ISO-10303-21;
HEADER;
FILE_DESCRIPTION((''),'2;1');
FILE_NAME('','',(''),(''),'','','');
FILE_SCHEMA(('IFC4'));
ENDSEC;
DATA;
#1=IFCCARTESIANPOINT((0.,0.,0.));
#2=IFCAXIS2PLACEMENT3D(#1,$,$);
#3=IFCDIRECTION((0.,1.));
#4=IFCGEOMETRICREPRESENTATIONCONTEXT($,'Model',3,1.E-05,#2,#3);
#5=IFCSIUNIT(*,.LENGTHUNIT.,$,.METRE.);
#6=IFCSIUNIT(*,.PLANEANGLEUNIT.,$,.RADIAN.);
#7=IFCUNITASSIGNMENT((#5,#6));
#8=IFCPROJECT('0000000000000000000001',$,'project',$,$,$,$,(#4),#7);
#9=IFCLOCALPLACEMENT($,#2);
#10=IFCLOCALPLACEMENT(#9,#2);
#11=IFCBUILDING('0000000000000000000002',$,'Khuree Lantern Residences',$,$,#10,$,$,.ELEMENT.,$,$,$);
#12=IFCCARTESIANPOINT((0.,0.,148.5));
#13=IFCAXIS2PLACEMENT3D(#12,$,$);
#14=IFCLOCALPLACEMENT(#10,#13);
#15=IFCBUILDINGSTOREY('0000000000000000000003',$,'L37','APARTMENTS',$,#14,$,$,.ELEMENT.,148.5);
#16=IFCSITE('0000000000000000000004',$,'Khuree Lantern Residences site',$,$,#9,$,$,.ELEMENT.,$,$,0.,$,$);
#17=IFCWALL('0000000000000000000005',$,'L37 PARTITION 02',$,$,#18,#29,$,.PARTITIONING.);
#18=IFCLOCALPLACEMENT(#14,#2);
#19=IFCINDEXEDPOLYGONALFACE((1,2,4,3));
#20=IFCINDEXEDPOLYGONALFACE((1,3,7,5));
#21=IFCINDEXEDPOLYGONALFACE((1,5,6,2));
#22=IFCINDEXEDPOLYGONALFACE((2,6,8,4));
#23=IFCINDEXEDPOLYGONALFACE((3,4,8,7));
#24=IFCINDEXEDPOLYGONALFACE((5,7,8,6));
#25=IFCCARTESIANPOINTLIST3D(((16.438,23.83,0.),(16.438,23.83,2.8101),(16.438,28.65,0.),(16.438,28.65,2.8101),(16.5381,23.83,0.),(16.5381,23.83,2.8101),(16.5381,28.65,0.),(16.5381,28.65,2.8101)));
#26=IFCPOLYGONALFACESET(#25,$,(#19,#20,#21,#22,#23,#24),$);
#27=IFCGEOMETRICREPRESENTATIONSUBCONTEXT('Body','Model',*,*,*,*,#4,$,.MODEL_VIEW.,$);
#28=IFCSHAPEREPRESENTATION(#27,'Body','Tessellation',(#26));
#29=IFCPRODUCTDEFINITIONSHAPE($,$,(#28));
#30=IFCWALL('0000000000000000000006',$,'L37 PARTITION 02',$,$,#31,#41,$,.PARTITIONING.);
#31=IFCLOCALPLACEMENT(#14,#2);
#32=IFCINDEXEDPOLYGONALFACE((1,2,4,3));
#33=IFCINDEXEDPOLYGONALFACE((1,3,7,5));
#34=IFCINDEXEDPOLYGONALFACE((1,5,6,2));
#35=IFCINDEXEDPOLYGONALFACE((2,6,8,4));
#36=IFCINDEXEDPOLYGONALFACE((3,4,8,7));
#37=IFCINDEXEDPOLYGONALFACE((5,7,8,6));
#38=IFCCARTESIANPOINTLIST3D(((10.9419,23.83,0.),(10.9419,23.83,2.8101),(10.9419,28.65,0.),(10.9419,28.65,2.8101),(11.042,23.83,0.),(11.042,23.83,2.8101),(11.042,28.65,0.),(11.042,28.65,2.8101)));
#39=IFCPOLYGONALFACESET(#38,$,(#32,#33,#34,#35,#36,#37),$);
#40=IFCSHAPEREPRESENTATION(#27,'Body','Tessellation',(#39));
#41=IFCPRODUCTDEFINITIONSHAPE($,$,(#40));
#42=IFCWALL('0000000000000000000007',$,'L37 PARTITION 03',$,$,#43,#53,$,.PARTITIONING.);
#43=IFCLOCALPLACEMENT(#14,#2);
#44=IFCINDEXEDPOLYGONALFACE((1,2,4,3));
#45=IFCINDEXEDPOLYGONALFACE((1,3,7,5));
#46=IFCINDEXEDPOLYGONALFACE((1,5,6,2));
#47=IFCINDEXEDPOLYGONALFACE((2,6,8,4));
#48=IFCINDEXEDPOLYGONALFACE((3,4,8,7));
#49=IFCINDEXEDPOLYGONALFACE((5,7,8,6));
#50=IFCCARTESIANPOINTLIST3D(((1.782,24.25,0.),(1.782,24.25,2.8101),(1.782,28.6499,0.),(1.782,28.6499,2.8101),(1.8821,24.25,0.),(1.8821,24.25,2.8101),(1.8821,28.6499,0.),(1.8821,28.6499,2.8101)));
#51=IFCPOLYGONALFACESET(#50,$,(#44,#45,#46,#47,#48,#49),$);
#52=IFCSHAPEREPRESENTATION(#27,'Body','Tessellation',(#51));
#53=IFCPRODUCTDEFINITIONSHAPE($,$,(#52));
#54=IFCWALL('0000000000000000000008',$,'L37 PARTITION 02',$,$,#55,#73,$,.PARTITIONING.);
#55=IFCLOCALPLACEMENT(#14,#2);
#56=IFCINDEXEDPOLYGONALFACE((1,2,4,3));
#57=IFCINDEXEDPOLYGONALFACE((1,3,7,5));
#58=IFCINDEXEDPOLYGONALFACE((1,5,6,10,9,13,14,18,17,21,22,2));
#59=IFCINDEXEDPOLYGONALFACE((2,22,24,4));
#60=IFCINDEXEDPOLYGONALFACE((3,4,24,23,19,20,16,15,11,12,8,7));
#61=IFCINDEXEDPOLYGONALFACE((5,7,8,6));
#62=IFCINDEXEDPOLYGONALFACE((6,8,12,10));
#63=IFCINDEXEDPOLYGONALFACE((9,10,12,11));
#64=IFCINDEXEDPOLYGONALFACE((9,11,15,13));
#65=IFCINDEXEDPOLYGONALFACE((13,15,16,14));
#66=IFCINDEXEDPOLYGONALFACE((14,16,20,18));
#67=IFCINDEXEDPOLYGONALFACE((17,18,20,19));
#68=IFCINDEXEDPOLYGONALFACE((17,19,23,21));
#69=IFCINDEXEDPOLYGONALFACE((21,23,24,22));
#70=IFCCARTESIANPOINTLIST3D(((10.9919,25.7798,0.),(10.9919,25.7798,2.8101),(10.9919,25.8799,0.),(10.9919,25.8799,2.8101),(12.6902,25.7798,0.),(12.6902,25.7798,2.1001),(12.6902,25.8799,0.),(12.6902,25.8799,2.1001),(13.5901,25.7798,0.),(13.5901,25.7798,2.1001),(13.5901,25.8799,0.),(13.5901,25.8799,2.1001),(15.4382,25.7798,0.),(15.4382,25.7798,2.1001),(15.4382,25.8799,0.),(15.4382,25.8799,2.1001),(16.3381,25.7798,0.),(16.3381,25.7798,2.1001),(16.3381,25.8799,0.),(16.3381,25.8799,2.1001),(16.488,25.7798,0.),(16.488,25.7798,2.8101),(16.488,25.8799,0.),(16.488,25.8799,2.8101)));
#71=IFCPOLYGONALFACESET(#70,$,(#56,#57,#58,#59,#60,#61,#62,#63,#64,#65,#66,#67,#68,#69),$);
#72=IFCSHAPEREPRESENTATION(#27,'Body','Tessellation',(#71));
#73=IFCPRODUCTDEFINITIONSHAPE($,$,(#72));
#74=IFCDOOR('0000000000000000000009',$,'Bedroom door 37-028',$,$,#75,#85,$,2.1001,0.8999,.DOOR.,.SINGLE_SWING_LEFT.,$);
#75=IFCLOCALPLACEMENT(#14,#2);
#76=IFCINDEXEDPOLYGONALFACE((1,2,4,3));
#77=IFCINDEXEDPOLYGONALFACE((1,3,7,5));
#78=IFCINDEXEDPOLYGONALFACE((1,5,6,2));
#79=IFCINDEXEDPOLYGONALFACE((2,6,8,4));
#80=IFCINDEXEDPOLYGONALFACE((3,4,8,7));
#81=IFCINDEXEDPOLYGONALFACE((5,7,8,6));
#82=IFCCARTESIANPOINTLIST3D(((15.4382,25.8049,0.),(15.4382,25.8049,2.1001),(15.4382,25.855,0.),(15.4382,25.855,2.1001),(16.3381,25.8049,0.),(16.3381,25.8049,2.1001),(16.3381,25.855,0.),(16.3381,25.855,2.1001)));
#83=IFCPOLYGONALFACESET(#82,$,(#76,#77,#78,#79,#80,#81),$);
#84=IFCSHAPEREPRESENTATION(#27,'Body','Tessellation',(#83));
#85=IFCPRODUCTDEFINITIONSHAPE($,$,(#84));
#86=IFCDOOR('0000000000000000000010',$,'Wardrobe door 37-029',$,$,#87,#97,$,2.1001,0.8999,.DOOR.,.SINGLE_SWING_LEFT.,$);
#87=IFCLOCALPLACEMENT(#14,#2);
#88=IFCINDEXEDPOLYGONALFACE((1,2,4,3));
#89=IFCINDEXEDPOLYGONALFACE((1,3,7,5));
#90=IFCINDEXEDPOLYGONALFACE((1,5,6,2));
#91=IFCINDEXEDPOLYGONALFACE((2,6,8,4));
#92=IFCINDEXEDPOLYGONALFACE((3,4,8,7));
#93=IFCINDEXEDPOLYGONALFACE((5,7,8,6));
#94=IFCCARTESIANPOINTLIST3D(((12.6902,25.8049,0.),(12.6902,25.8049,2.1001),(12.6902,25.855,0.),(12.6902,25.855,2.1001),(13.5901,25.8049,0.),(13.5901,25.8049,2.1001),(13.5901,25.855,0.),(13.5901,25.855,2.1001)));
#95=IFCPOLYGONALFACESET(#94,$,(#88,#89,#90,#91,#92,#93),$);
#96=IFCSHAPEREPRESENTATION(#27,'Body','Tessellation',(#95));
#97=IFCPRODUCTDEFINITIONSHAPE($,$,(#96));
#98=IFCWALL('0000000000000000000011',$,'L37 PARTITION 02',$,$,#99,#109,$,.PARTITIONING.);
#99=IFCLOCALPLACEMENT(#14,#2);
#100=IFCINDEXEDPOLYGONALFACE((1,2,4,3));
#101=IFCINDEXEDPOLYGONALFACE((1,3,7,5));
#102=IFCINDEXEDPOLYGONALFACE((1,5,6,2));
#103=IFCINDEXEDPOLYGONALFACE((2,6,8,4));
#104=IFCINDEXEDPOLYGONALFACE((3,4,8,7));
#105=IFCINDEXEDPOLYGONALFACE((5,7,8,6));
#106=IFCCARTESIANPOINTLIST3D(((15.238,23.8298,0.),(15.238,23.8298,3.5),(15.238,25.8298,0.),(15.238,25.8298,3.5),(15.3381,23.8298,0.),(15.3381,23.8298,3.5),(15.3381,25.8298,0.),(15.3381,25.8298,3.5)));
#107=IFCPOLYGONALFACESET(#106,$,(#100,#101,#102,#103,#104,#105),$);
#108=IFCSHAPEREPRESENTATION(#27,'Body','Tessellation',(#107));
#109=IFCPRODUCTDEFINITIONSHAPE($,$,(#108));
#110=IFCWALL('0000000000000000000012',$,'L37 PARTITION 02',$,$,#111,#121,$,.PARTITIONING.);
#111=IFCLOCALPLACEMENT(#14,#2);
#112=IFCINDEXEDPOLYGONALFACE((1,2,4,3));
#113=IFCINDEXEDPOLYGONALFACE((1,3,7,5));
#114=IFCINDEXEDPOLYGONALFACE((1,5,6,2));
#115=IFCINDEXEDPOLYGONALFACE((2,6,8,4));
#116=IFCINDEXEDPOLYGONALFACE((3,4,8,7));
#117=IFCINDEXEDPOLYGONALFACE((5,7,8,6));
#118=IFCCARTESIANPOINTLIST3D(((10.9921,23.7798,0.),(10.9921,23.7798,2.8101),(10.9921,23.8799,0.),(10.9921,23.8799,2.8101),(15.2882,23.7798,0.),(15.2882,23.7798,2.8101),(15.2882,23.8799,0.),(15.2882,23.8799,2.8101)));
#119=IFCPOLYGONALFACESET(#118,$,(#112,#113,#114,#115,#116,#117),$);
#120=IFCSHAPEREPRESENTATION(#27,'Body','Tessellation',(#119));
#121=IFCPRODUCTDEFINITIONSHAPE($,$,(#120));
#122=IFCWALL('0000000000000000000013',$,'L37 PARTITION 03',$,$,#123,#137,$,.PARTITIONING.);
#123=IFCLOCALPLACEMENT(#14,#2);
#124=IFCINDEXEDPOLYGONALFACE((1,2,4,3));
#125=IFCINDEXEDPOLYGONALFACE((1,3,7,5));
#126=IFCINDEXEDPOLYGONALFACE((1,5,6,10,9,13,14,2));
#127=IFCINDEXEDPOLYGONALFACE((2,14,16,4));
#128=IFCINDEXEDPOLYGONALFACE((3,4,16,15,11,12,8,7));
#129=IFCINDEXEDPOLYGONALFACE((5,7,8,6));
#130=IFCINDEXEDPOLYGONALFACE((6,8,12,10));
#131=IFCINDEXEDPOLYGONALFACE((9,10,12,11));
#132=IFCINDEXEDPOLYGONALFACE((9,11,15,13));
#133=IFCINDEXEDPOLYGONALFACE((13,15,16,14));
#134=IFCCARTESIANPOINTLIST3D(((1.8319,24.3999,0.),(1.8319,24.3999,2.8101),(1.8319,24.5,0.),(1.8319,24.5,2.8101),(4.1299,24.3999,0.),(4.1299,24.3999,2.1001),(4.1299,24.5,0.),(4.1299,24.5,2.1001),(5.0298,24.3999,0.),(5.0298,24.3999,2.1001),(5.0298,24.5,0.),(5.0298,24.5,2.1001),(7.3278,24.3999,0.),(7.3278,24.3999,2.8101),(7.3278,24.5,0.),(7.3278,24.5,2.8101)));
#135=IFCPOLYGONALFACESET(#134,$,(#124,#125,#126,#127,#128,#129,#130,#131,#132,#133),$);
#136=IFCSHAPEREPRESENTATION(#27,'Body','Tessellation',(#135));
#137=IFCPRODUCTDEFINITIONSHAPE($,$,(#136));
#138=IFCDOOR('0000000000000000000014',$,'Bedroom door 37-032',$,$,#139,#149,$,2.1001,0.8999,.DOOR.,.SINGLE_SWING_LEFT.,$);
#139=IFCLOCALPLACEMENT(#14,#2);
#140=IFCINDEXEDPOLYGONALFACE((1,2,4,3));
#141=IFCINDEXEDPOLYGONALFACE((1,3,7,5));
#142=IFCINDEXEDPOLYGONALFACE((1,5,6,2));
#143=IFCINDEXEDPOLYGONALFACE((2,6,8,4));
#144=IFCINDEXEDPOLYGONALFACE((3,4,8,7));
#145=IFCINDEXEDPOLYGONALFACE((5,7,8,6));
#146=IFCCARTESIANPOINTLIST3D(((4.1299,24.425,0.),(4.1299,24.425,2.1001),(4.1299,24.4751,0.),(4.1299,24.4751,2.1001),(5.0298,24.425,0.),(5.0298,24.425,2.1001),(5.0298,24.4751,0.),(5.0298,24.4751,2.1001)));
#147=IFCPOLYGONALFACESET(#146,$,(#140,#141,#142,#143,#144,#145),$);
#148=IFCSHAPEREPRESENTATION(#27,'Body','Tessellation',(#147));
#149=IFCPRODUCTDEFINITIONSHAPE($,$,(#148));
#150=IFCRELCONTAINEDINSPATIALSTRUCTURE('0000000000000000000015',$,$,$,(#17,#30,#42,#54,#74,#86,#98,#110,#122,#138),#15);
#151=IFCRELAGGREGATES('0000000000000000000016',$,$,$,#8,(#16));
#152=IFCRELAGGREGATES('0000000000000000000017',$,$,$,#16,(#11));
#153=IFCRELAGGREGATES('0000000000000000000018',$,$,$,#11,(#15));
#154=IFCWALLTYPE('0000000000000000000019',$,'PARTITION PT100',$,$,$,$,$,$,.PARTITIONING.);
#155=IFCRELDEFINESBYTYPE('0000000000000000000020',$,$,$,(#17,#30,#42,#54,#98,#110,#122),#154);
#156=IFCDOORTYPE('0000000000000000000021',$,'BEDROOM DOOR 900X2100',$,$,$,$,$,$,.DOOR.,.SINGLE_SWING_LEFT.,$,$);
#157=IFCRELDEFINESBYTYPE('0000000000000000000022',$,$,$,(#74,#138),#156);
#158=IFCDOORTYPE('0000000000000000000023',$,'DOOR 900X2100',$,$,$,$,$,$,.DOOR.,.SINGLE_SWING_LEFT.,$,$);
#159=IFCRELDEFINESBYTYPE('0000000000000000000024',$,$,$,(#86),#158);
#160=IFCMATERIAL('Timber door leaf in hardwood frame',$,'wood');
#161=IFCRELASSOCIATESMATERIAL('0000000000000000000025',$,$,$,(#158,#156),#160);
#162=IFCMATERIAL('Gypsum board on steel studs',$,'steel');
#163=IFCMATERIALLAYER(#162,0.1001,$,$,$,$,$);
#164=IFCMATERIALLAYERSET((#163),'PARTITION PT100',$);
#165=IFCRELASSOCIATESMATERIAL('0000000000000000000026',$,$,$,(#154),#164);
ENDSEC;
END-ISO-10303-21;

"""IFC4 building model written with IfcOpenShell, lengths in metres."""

from ifc_helpers import new_model, si_unit, direction, frame, frame_2d, origin, place, context, subcontext, project, spatial, rectangle, extrude, material, layer, layer_set, type_object, element, fill, save


model = new_model("IFC4")

# Units and contexts
model_context = context("Model", 3, precision=1e-05, world=origin(), true_north=direction((0.0, 1.0)))
body_context = subcontext(model_context, "Body", "Model", "MODEL_VIEW")
ifc_project = project(units=[si_unit("LENGTHUNIT", "METRE"), si_unit("PLANEANGLEUNIT", "RADIAN")], contexts=[model_context])

# Site, building, storey
site_placement = place(None, origin())
site = spatial("IfcSite", under=ifc_project, at=site_placement, Name="Khuree Lantern Residences site", CompositionType="ELEMENT", RefElevation=0.0)
building_placement = place(site_placement, origin())
building = spatial("IfcBuilding", under=site, at=building_placement, Name="Khuree Lantern Residences", CompositionType="ELEMENT")
storey_placement = place(building_placement, frame((0.0, 0.0, 148.5)))
storey = spatial("IfcBuildingStorey", under=building, at=storey_placement, Name="L37", Description="APARTMENTS", CompositionType="ELEMENT", Elevation=148.5)

# Shared definitions
ifc_material_1 = material(Name="Timber door leaf in hardwood frame", Category="wood")
door_type_1 = type_object("IfcDoorType", Name="DOOR 900X2100", OperationType="SINGLE_SWING_LEFT", PredefinedType="DOOR", material=ifc_material_1)

# Walls
ifc_material_2 = material(Name="Gypsum board on steel studs", Category="steel")
ifc_layer_1 = layer(ifc_material_2, 0.1001)
ifc_layer_set_1 = layer_set([ifc_layer_1], Name="PARTITION PT100")
wall_type_1 = type_object("IfcWallType", Name="PARTITION PT100", PredefinedType="PARTITIONING", material=ifc_layer_set_1)
for number, where, z_axis, x_axis, name in (
    (1, (16.488, 23.8298, 0.0), (0.0, 0.0, 1.0), (0.0, 1.0, 0.0), "L37 PARTITION 02"),
    (2, (10.9919, 23.8298, 0.0), (0.0, 0.0, 1.0), (0.0, 1.0, 0.0), "L37 PARTITION 02"),
):
    element("IfcWall", number, at=place(storey_placement, frame(where, z_axis=z_axis, x_axis=x_axis)), inside=storey, type_object=wall_type_1, Name=name, PredefinedType="PARTITIONING", context=body_context, shape_type="SweptSolid", body=[
        extrude(rectangle(XDim=4.8201, YDim=0.1001, at=frame_2d((2.4102, 0.0))), origin(), (0.0, 0.0, 1.0), 2.8101),
    ])
wall_1_placement = place(storey_placement, frame((1.832, 24.25, 0.0), z_axis=(0.0, 0.0, 1.0), x_axis=(0.0, 1.0, 0.0)))
element("IfcWall", 3, at=wall_1_placement, inside=storey, type_object=wall_type_1, Name="L37 PARTITION 03", PredefinedType="PARTITIONING", context=body_context, shape_type="SweptSolid", body=[
    extrude(rectangle(XDim=4.3999, YDim=0.1001, at=frame_2d((2.2, 0.0))), origin(), (0.0, 0.0, 1.0), 2.8101),
])

# Wall, openings, doors
wall_2_placement = place(storey_placement, frame((16.488, 25.8298, 0.0), z_axis=(0.0, 0.0, 1.0), x_axis=(-1.0, 0.0, 0.0)))
wall_2 = element("IfcWall", 4, at=wall_2_placement, inside=storey, type_object=wall_type_1, Name="L37 PARTITION 02", PredefinedType="PARTITIONING", context=body_context, shape_type="SweptSolid", body=[
    extrude(rectangle(XDim=5.4961, YDim=0.1001, at=frame_2d((2.748, 0.0))), origin(), (0.0, 0.0, 1.0), 2.8101),
])
opening_1_placement = place(wall_2_placement, frame((0.1499, 0.0, 0.0)))
opening_1 = element("IfcOpeningElement", 5, at=opening_1_placement, cuts=wall_2, PredefinedType="OPENING", context=body_context, shape_type="SweptSolid", body=[
    extrude(rectangle(XDim=0.8999, YDim=2.1001, at=frame_2d((0.45, 1.05))), frame((0.0, 0.0601, 0.0), z_axis=(0.0, -1.0, 0.0), x_axis=(1.0, 0.0, 0.0)), (0.0, 0.0, 1.0), 0.1201),
])
opening_2_placement = place(wall_2_placement, frame((2.8979, 0.0, 0.0)))
opening_2 = element("IfcOpeningElement", 6, at=opening_2_placement, cuts=wall_2, PredefinedType="OPENING", context=body_context, shape_type="SweptSolid", body=[
    extrude(rectangle(XDim=0.8999, YDim=2.1001, at=frame_2d((0.45, 1.05))), frame((0.0, 0.0601, 0.0), z_axis=(0.0, -1.0, 0.0), x_axis=(1.0, 0.0, 0.0)), (0.0, 0.0, 1.0), 0.1201),
])
door_type_2 = type_object("IfcDoorType", Name="BEDROOM DOOR 900X2100", OperationType="SINGLE_SWING_LEFT", PredefinedType="DOOR", material=ifc_material_1)
door_1_placement = place(opening_1_placement, origin())
door_1 = element("IfcDoor", 7, at=door_1_placement, inside=storey, type_object=door_type_2, Name="Bedroom door 37-028", OperationType="SINGLE_SWING_LEFT", OverallHeight=2.1001, OverallWidth=0.8999, PredefinedType="DOOR", context=body_context, shape_type="SweptSolid", body=[
    extrude(rectangle(XDim=0.8999, YDim=2.1001, at=frame_2d((0.45, 1.05))), frame((0.0, 0.0249, 0.0), z_axis=(0.0, -1.0, 0.0), x_axis=(1.0, 0.0, 0.0)), (0.0, 0.0, 1.0), 0.05),
])
fill(opening_1, door_1)
door_2_placement = place(opening_2_placement, origin())
door_2 = element("IfcDoor", 8, at=door_2_placement, inside=storey, type_object=door_type_1, Name="Wardrobe door 37-029", OperationType="SINGLE_SWING_LEFT", OverallHeight=2.1001, OverallWidth=0.8999, PredefinedType="DOOR", context=body_context, shape_type="SweptSolid", body=[
    extrude(rectangle(XDim=0.8999, YDim=2.1001, at=frame_2d((0.45, 1.05))), frame((0.0, 0.0249, 0.0), z_axis=(0.0, -1.0, 0.0), x_axis=(1.0, 0.0, 0.0)), (0.0, 0.0, 1.0), 0.05),
])
fill(opening_2, door_2)

# Walls
wall_3_placement = place(storey_placement, frame((15.2881, 23.8298, 0.0), z_axis=(0.0, 0.0, 1.0), x_axis=(0.0, 1.0, 0.0)))
element("IfcWall", 9, at=wall_3_placement, inside=storey, type_object=wall_type_1, Name="L37 PARTITION 02", PredefinedType="PARTITIONING", context=body_context, shape_type="SweptSolid", body=[
    extrude(rectangle(XDim=2.0, YDim=0.1001, at=frame_2d((1.0, 0.0))), origin(), (0.0, 0.0, 1.0), 3.5),
])
wall_4_placement = place(storey_placement, frame((15.2881, 23.8298, 0.0), z_axis=(0.0, 0.0, 1.0), x_axis=(-1.0, 0.0, 0.0)))
element("IfcWall", 10, at=wall_4_placement, inside=storey, type_object=wall_type_1, Name="L37 PARTITION 02", PredefinedType="PARTITIONING", context=body_context, shape_type="SweptSolid", body=[
    extrude(rectangle(XDim=4.2961, YDim=0.1001, at=frame_2d((2.1479, 0.0))), origin(), (0.0, 0.0, 1.0), 2.8101),
])

# Wall, opening, door
wall_5_placement = place(storey_placement, frame((7.3279, 24.45, 0.0), z_axis=(0.0, 0.0, 1.0), x_axis=(-1.0, 0.0, 0.0)))
wall_5 = element("IfcWall", 11, at=wall_5_placement, inside=storey, type_object=wall_type_1, Name="L37 PARTITION 03", PredefinedType="PARTITIONING", context=body_context, shape_type="SweptSolid", body=[
    extrude(rectangle(XDim=5.4958, YDim=0.1001, at=frame_2d((2.748, 0.0))), origin(), (0.0, 0.0, 1.0), 2.8101),
])
opening_3_placement = place(wall_5_placement, frame((2.2981, 0.0, 0.0)))
opening_3 = element("IfcOpeningElement", 12, at=opening_3_placement, cuts=wall_5, PredefinedType="OPENING", context=body_context, shape_type="SweptSolid", body=[
    extrude(rectangle(XDim=0.8999, YDim=2.1001, at=frame_2d((0.45, 1.05))), frame((0.0, 0.0601, 0.0), z_axis=(0.0, -1.0, 0.0), x_axis=(1.0, 0.0, 0.0)), (0.0, 0.0, 1.0), 0.1201),
])
door_3_placement = place(opening_3_placement, origin())
door_3 = element("IfcDoor", 13, at=door_3_placement, inside=storey, type_object=door_type_2, Name="Bedroom door 37-032", OperationType="SINGLE_SWING_LEFT", OverallHeight=2.1001, OverallWidth=0.8999, PredefinedType="DOOR", context=body_context, shape_type="SweptSolid", body=[
    extrude(rectangle(XDim=0.8999, YDim=2.1001, at=frame_2d((0.45, 1.05))), frame((0.0, 0.0249, 0.0), z_axis=(0.0, -1.0, 0.0), x_axis=(1.0, 0.0, 0.0)), (0.0, 0.0, 1.0), 0.05),
])
fill(opening_3, door_3)

save(model, "model.ifc")
